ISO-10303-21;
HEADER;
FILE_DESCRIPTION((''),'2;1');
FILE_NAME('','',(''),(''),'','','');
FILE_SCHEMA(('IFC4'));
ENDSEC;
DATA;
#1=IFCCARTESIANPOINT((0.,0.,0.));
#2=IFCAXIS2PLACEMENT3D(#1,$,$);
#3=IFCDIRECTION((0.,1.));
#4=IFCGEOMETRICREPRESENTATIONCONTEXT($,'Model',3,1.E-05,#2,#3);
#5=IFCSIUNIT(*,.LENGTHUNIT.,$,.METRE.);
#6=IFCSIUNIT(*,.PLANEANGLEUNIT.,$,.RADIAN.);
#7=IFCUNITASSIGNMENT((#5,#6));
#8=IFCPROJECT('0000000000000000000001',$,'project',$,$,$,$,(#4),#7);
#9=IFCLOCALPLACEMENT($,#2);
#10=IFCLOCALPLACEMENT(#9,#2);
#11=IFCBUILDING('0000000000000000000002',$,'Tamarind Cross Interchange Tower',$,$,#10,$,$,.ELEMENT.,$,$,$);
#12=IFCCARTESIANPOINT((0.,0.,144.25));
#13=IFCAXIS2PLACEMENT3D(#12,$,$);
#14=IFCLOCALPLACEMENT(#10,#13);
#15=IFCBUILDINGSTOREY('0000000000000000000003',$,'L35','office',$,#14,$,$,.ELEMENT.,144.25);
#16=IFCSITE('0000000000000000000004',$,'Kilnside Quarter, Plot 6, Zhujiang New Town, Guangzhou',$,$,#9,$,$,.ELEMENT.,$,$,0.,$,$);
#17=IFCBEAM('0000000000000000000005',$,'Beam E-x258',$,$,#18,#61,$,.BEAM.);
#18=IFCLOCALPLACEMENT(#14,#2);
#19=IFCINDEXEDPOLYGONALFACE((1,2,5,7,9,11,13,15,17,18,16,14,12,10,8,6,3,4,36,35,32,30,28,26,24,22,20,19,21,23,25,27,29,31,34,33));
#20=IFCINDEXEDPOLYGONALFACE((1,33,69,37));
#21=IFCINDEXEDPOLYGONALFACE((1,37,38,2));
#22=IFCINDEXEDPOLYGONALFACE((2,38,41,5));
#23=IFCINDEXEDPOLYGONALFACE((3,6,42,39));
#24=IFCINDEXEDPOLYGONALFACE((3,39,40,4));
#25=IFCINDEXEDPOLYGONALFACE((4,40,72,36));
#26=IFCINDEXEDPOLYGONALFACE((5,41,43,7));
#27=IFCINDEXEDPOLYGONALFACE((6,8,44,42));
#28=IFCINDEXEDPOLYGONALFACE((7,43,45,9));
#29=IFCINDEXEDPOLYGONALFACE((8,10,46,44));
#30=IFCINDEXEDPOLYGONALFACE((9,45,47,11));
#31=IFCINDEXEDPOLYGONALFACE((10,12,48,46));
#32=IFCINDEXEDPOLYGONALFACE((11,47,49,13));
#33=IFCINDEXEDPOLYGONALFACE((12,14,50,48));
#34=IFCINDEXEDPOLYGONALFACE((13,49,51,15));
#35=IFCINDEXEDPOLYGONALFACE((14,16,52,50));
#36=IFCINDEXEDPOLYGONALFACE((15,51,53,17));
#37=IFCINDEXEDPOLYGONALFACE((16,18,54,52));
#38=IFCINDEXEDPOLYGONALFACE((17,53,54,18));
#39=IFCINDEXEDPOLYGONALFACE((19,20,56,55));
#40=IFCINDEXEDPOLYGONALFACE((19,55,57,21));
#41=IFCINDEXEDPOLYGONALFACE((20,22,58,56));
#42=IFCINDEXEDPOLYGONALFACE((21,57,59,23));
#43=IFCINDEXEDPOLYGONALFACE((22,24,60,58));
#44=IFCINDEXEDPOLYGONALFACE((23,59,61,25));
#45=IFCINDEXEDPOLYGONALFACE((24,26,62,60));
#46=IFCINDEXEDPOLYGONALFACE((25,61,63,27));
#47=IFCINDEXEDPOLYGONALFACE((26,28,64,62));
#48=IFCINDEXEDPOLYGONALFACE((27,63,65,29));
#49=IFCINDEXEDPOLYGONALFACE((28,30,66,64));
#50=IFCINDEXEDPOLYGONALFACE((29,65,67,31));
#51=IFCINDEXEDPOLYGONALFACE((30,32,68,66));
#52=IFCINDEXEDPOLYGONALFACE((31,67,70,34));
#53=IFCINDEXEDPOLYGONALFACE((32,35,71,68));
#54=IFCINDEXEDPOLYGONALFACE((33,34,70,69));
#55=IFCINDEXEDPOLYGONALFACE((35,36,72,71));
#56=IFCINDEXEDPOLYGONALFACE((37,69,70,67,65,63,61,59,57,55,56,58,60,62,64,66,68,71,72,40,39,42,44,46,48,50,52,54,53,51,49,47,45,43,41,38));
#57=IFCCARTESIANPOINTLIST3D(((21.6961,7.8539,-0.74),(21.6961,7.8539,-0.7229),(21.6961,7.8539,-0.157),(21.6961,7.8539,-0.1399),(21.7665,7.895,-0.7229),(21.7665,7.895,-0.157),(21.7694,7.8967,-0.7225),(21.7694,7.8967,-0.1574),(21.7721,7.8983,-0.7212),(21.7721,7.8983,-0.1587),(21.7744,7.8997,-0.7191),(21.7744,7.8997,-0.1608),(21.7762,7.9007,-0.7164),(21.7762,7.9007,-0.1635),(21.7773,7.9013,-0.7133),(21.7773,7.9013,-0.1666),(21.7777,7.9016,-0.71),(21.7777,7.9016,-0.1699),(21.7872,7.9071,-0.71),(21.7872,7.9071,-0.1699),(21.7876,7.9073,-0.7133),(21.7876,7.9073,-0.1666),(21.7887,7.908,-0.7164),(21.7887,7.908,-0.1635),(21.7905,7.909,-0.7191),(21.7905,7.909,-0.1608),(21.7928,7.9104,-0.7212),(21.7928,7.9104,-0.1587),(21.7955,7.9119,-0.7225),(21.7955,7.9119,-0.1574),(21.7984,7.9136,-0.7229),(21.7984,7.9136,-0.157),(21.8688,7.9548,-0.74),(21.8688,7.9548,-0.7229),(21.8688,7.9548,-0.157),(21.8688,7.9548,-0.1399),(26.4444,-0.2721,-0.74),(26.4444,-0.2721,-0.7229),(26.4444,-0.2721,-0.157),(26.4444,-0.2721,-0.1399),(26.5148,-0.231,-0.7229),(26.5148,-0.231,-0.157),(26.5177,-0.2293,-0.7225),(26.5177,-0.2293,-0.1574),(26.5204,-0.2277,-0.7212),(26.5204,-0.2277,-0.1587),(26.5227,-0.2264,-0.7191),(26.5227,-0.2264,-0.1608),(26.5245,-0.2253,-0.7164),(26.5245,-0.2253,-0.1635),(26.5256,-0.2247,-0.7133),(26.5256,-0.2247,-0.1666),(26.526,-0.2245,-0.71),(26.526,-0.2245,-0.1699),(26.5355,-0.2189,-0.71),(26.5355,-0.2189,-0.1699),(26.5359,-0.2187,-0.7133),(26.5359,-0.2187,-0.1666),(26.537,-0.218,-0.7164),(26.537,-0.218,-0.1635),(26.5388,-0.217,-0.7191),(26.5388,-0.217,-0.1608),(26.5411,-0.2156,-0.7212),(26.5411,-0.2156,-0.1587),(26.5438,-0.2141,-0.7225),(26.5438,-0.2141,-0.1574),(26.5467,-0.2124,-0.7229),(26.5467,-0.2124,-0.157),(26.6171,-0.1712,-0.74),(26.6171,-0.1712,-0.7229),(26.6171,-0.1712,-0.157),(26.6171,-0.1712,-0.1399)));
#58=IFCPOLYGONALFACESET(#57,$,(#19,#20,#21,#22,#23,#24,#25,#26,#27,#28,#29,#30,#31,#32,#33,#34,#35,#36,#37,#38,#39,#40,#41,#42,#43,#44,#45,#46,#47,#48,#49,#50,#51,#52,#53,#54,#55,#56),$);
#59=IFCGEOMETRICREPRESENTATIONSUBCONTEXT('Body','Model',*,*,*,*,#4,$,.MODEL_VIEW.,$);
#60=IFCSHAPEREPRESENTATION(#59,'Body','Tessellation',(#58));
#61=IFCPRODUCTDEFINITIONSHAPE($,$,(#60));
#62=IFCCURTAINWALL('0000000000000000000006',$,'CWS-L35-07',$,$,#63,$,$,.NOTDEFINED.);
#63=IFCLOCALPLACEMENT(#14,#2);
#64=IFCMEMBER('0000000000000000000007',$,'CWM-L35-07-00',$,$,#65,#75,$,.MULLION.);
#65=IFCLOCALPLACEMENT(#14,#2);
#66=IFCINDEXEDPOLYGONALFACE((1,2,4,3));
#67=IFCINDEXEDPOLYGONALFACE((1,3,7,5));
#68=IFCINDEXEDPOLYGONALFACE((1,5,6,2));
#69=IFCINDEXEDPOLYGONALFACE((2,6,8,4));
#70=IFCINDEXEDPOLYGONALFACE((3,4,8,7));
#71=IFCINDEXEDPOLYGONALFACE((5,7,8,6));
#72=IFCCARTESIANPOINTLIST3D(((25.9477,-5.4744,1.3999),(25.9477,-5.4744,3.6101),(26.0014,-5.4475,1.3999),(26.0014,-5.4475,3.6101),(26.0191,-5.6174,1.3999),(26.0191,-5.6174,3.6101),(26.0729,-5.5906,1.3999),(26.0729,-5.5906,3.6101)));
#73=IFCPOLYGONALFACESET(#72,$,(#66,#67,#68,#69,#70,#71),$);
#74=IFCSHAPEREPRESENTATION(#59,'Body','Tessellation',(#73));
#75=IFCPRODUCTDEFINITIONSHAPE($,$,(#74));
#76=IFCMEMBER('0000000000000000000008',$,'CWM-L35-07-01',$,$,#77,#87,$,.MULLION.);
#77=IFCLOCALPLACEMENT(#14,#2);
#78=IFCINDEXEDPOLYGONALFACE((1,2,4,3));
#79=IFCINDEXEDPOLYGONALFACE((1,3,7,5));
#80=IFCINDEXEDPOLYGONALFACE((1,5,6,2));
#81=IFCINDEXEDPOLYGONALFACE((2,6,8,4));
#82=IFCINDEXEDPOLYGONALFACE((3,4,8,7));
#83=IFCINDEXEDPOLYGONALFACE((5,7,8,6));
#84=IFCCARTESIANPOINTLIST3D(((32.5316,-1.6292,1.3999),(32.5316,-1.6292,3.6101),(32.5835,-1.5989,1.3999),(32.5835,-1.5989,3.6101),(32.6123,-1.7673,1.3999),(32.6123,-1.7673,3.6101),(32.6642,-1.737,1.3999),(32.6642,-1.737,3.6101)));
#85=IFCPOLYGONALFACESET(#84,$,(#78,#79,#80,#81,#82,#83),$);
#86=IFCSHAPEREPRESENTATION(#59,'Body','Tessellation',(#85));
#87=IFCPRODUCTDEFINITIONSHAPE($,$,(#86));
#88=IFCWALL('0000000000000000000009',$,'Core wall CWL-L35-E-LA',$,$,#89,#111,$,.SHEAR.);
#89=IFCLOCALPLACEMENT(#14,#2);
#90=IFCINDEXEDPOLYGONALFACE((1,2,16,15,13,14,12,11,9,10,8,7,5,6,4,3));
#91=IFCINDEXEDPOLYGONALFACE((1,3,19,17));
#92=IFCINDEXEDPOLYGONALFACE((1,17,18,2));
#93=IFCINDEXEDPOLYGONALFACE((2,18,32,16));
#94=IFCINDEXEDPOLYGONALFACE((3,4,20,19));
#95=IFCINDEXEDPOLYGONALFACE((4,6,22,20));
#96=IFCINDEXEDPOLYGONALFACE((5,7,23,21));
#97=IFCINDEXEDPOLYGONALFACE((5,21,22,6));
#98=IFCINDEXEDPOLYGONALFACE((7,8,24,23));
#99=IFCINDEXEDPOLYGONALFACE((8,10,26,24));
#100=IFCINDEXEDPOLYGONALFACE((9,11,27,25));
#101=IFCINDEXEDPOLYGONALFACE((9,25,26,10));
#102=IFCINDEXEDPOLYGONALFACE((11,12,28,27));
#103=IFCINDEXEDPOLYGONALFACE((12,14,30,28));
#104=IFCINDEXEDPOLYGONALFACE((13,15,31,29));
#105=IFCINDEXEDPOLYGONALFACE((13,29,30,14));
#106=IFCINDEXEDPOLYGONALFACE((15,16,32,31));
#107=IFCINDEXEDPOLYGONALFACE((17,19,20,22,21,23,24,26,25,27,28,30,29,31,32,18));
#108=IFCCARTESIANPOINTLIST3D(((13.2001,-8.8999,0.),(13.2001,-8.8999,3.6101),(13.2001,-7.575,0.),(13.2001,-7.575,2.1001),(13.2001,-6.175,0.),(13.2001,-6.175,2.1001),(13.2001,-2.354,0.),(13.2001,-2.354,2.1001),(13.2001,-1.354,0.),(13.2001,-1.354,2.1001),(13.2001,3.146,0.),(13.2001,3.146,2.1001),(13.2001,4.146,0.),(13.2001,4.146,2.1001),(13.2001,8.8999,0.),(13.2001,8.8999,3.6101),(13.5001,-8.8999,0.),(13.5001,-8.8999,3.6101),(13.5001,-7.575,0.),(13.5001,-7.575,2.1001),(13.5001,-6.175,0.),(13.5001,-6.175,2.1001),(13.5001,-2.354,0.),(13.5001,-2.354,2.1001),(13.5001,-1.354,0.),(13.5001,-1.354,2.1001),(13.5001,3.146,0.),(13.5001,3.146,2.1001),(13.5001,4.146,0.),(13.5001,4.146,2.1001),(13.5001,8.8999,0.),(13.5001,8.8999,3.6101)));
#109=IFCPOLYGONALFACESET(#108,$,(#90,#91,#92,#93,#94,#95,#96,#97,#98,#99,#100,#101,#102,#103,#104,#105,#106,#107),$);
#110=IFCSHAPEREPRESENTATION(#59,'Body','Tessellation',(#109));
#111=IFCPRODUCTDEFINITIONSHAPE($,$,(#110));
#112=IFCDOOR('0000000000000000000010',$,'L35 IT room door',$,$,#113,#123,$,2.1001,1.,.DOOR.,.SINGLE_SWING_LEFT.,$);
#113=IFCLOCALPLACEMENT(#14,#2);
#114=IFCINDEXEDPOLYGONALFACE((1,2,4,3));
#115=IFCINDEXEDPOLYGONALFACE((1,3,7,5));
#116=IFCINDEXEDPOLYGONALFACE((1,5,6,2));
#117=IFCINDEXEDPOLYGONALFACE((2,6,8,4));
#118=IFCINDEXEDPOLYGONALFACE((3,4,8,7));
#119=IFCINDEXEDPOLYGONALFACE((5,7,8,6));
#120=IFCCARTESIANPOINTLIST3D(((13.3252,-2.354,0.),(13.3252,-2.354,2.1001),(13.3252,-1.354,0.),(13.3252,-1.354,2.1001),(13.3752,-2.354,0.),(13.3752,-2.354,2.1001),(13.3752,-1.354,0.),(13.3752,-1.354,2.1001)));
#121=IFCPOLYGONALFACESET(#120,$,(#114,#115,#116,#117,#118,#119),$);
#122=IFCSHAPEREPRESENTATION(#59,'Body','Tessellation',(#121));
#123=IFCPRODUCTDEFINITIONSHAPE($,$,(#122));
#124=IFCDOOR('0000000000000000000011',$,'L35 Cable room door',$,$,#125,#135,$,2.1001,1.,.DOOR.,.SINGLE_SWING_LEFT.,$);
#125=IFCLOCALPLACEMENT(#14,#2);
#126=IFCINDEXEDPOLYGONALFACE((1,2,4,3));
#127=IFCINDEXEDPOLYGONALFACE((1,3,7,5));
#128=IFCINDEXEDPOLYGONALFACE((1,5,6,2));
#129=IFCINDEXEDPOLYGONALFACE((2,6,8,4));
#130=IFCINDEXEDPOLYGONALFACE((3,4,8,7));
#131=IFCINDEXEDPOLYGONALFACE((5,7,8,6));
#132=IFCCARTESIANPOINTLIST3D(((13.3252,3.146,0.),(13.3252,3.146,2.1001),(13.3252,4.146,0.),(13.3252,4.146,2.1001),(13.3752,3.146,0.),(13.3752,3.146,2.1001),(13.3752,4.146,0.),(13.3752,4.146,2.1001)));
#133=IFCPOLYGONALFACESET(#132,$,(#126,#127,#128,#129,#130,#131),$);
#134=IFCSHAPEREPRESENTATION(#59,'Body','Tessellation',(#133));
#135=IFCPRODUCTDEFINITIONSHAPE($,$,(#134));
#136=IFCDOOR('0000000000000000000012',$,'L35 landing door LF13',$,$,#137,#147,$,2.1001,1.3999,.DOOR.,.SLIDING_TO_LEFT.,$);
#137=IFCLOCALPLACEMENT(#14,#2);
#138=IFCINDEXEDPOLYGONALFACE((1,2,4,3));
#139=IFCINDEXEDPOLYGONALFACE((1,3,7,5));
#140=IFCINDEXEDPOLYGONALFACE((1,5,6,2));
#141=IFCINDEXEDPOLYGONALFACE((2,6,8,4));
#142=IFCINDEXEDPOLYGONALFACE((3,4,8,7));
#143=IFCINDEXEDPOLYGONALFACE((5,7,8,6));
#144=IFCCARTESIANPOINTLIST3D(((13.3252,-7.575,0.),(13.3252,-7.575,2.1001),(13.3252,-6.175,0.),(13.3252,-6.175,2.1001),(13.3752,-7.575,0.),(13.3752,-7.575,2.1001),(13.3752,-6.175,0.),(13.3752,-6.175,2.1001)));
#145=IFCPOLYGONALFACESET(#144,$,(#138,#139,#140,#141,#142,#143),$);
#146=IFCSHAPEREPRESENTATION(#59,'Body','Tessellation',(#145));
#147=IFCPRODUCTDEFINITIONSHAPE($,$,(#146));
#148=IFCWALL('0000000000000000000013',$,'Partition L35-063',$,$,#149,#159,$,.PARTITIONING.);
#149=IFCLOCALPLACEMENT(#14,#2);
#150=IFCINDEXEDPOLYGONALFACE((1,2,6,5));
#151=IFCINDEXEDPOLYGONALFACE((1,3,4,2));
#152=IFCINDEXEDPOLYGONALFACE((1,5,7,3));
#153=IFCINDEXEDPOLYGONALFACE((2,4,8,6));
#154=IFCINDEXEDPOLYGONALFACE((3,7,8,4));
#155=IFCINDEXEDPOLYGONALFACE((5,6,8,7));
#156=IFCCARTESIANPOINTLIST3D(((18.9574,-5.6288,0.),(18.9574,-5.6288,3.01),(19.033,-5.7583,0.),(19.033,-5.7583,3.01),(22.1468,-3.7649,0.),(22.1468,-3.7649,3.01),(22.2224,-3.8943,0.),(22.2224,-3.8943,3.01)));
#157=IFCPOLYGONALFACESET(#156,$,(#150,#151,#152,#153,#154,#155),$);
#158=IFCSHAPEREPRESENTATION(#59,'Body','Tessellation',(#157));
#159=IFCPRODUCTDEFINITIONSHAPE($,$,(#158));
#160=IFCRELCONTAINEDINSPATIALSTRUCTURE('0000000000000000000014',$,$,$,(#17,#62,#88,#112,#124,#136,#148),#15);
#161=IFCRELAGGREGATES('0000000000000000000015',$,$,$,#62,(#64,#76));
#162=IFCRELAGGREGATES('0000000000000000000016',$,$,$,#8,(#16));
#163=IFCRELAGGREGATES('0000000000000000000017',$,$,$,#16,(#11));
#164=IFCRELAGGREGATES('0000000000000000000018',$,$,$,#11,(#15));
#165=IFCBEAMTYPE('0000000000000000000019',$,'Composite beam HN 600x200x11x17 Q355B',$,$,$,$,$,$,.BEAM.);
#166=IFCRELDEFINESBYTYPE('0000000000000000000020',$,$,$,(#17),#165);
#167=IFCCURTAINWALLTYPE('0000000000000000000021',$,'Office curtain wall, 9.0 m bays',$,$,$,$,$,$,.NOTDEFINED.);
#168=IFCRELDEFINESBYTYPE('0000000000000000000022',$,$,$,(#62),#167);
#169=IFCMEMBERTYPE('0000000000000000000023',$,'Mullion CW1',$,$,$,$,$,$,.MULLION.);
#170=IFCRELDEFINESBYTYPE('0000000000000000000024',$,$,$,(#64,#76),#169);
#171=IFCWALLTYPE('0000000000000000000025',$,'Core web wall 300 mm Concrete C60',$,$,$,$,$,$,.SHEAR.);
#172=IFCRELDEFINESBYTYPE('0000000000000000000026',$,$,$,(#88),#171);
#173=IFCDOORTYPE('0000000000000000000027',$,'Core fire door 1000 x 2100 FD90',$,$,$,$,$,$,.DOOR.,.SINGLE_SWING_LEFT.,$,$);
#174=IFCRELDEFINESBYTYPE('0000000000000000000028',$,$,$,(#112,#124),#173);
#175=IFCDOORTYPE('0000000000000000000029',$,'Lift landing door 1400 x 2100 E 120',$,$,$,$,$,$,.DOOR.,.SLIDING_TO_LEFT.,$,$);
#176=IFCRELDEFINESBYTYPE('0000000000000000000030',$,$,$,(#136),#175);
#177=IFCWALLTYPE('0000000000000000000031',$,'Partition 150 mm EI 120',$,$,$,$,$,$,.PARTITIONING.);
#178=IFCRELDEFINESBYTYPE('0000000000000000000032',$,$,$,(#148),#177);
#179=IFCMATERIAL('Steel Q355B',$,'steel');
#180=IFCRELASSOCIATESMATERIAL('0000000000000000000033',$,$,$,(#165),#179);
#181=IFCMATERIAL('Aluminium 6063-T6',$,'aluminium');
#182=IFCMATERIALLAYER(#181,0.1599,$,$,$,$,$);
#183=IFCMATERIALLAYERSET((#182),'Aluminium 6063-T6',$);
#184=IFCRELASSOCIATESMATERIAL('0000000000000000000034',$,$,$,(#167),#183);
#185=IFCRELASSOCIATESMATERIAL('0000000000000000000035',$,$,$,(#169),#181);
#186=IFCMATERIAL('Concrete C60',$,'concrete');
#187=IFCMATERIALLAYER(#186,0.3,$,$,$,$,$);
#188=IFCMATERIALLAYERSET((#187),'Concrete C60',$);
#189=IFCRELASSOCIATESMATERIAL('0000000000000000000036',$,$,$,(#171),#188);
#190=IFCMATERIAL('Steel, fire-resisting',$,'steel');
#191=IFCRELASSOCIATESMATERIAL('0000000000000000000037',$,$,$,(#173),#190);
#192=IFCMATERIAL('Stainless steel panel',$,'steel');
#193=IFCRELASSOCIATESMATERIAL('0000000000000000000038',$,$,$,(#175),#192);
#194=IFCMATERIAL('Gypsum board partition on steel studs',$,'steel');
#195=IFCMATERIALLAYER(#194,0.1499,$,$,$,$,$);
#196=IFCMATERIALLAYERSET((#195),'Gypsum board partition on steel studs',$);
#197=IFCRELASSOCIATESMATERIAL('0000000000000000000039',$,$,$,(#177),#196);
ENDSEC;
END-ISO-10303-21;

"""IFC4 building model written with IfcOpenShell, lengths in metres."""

from ifc_helpers import new_model, si_unit, direction, frame, frame_2d, origin, origin_2d, place, context, subcontext, project, spatial, rectangle, i_section, extrude, material, layer, layer_set, material_profile, profile_set, type_object, element, fill, aggregate, save


model = new_model("IFC4")

# Units and contexts
model_context = context("Model", 3, precision=1e-05, world=origin(), true_north=direction((0.0, 1.0)))
body_context = subcontext(model_context, "Body", "Model", "MODEL_VIEW")
ifc_project = project(units=[si_unit("LENGTHUNIT", "METRE"), si_unit("PLANEANGLEUNIT", "RADIAN")], contexts=[model_context])

# Site, building, storey
site_placement = place(None, origin())
site = spatial("IfcSite", under=ifc_project, at=site_placement, Name="Kilnside Quarter, Plot 6, Zhujiang New Town, Guangzhou", CompositionType="ELEMENT", RefElevation=0.0)
building_placement = place(site_placement, origin())
building = spatial("IfcBuilding", under=site, at=building_placement, Name="Tamarind Cross Interchange Tower", CompositionType="ELEMENT")
storey_placement = place(building_placement, frame((0.0, 0.0, 144.25)))
storey = spatial("IfcBuildingStorey", under=building, at=storey_placement, Name="L35", Description="office", CompositionType="ELEMENT", Elevation=144.25)

# Shared definitions
ifc_material_1 = material(Name="Concrete C60", Category="concrete")

# Beam
ifc_material_2 = material(Name="Steel Q355B", Category="steel")
ifc_material_profile_1 = material_profile(ifc_material_2, i_section(OverallWidth=0.2, OverallDepth=0.6001, WebThickness=0.011, FlangeThickness=0.0171, FilletRadius=0.0129, at=origin_2d()), Name="HN 600x200x11x17")
ifc_profile_set_1 = profile_set([ifc_material_profile_1], Name="Steel Q355B")
beam_type_1 = type_object("IfcBeamType", Name="Composite beam HN 600x200x11x17 Q355B", PredefinedType="BEAM", material=ifc_profile_set_1)
beam_1_placement = place(storey_placement, frame((26.5308, -0.2217, -0.4399), z_axis=(-0.504516, 0.863402, 0.0), x_axis=(-0.863402, -0.504516, 0.0)))
element("IfcBeam", 1, at=beam_1_placement, inside=storey, type_object=beam_type_1, Name="Beam E-x258", PredefinedType="BEAM", context=body_context, shape_type="SweptSolid", body=[
    extrude(i_section(OverallWidth=0.2, OverallDepth=0.6001, WebThickness=0.011, FlangeThickness=0.0171, FilletRadius=0.0129, at=origin_2d()), origin(), (0.0, 0.0, 1.0), 9.4116),
])

# Curtain wall, members
ifc_material_3 = material(Name="Aluminium 6063-T6", Category="aluminium")
ifc_layer_1 = layer(ifc_material_3, 0.1599)
ifc_layer_set_1 = layer_set([ifc_layer_1], Name="Aluminium 6063-T6")
curtain_wall_type = type_object("IfcCurtainWallType", Name="Office curtain wall, 9.0 m bays", PredefinedType="NOTDEFINED", material=ifc_layer_set_1)
curtain_wall_placement = place(storey_placement, origin())
curtain_wall = element("IfcCurtainWall", 2, at=curtain_wall_placement, inside=storey, type_object=curtain_wall_type, Name="CWS-L35-07", PredefinedType="NOTDEFINED")
ifc_material_profile_2 = material_profile(ifc_material_3, rectangle(XDim=0.0601, YDim=0.1599, at=origin_2d()), Name="Mullion CW1")
ifc_profile_set_2 = profile_set([ifc_material_profile_2], Name="Aluminium 6063-T6")
member_type = type_object("IfcMemberType", Name="Mullion CW1", PredefinedType="MULLION", material=ifc_profile_set_2)
member_1_placement = place(storey_placement, frame((26.0103, -5.5325, 1.3999), z_axis=(0.0, 0.0, 1.0), x_axis=(0.894551, 0.446966, 0.0)))
member_1 = element("IfcMember", 3, at=member_1_placement, type_object=member_type, Name="CWM-L35-07-00", PredefinedType="MULLION", context=body_context, shape_type="SweptSolid", body=[
    extrude(rectangle(XDim=0.0601, YDim=0.1599, at=origin_2d()), origin(), (0.0, 0.0, 1.0), 2.2102),
])
member_2_placement = place(storey_placement, frame((32.5979, -1.6831, 1.3999), z_axis=(0.0, 0.0, 1.0), x_axis=(0.863403, 0.504516, 0.0)))
member_2 = element("IfcMember", 4, at=member_2_placement, type_object=member_type, Name="CWM-L35-07-01", PredefinedType="MULLION", context=body_context, shape_type="SweptSolid", body=[
    extrude(rectangle(XDim=0.0601, YDim=0.1599, at=origin_2d()), origin(), (0.0, 0.0, 1.0), 2.2102),
])
aggregate(curtain_wall, [member_1, member_2])

# Wall, openings, doors
ifc_layer_2 = layer(ifc_material_1, 0.3)
ifc_layer_set_2 = layer_set([ifc_layer_2], Name="Concrete C60")
wall_type_1 = type_object("IfcWallType", Name="Core web wall 300 mm Concrete C60", PredefinedType="SHEAR", material=ifc_layer_set_2)
wall_1_placement = place(storey_placement, frame((13.3501, -8.8999, 0.0), z_axis=(0.0, 0.0, 1.0), x_axis=(0.0, 1.0, 0.0)))
wall_1 = element("IfcWall", 5, at=wall_1_placement, inside=storey, type_object=wall_type_1, Name="Core wall CWL-L35-E-LA", PredefinedType="SHEAR", context=body_context, shape_type="SweptSolid", body=[
    extrude(rectangle(XDim=17.7998, YDim=0.3, at=frame_2d((8.8999, 0.0))), origin(), (0.0, 0.0, 1.0), 3.6101),
])
opening_1_placement = place(wall_1_placement, frame((1.325, 0.0, 0.0)))
opening_1 = element("IfcOpeningElement", 6, at=opening_1_placement, cuts=wall_1, PredefinedType="OPENING", context=body_context, shape_type="SweptSolid", body=[
    extrude(rectangle(XDim=1.3999, YDim=2.1001, at=frame_2d((0.7, 1.05))), frame((0.0, 0.1599, 0.0), z_axis=(0.0, -1.0, 0.0), x_axis=(1.0, 0.0, 0.0)), (0.0, 0.0, 1.0), 0.3201),
])
opening_2_placement = place(wall_1_placement, frame((6.5459, 0.0, 0.0)))
opening_2 = element("IfcOpeningElement", 7, at=opening_2_placement, cuts=wall_1, PredefinedType="OPENING", context=body_context, shape_type="SweptSolid", body=[
    extrude(rectangle(XDim=1.0, YDim=2.1001, at=frame_2d((0.5, 1.05))), frame((0.0, 0.1599, 0.0), z_axis=(0.0, -1.0, 0.0), x_axis=(1.0, 0.0, 0.0)), (0.0, 0.0, 1.0), 0.3201),
])
opening_3_placement = place(wall_1_placement, frame((12.0459, 0.0, 0.0)))
opening_3 = element("IfcOpeningElement", 8, at=opening_3_placement, cuts=wall_1, PredefinedType="OPENING", context=body_context, shape_type="SweptSolid", body=[
    extrude(rectangle(XDim=1.0, YDim=2.1001, at=frame_2d((0.5, 1.05))), frame((0.0, 0.1599, 0.0), z_axis=(0.0, -1.0, 0.0), x_axis=(1.0, 0.0, 0.0)), (0.0, 0.0, 1.0), 0.3201),
])
ifc_material_4 = material(Name="Steel, fire-resisting", Category="steel")
door_type_1 = type_object("IfcDoorType", Name="Core fire door 1000 x 2100 FD90", OperationType="SINGLE_SWING_LEFT", PredefinedType="DOOR", material=ifc_material_4)
door_1_placement = place(opening_2_placement, origin())
door_1 = element("IfcDoor", 9, at=door_1_placement, inside=storey, type_object=door_type_1, Name="L35 IT room door", OperationType="SINGLE_SWING_LEFT", OverallHeight=2.1001, OverallWidth=1.0, PredefinedType="DOOR", context=body_context, shape_type="SweptSolid", body=[
    extrude(rectangle(XDim=1.0, YDim=2.1001, at=frame_2d((0.5, 1.05))), frame((0.0, 0.0249, 0.0), z_axis=(0.0, -1.0, 0.0), x_axis=(1.0, 0.0, 0.0)), (0.0, 0.0, 1.0), 0.05),
])
fill(opening_2, door_1)
door_2_placement = place(opening_3_placement, origin())
door_2 = element("IfcDoor", 10, at=door_2_placement, inside=storey, type_object=door_type_1, Name="L35 Cable room door", OperationType="SINGLE_SWING_LEFT", OverallHeight=2.1001, OverallWidth=1.0, PredefinedType="DOOR", context=body_context, shape_type="SweptSolid", body=[
    extrude(rectangle(XDim=1.0, YDim=2.1001, at=frame_2d((0.5, 1.05))), frame((0.0, 0.0249, 0.0), z_axis=(0.0, -1.0, 0.0), x_axis=(1.0, 0.0, 0.0)), (0.0, 0.0, 1.0), 0.05),
])
fill(opening_3, door_2)
ifc_material_5 = material(Name="Stainless steel panel", Category="steel")
door_type_2 = type_object("IfcDoorType", Name="Lift landing door 1400 x 2100 E 120", OperationType="SLIDING_TO_LEFT", PredefinedType="DOOR", material=ifc_material_5)
door_3_placement = place(opening_1_placement, origin())
door_3 = element("IfcDoor", 11, at=door_3_placement, inside=storey, type_object=door_type_2, Name="L35 landing door LF13", OperationType="SLIDING_TO_LEFT", OverallHeight=2.1001, OverallWidth=1.3999, PredefinedType="DOOR", context=body_context, shape_type="SweptSolid", body=[
    extrude(rectangle(XDim=1.3999, YDim=2.1001, at=frame_2d((0.7, 1.05))), frame((0.0, 0.0249, 0.0), z_axis=(0.0, -1.0, 0.0), x_axis=(1.0, 0.0, 0.0)), (0.0, 0.0, 1.0), 0.05),
])
fill(opening_1, door_3)

# Wall
ifc_material_6 = material(Name="Gypsum board partition on steel studs", Category="steel")
ifc_layer_3 = layer(ifc_material_6, 0.1499)
ifc_layer_set_3 = layer_set([ifc_layer_3], Name="Gypsum board partition on steel studs")
wall_type_2 = type_object("IfcWallType", Name="Partition 150 mm EI 120", PredefinedType="PARTITIONING", material=ifc_layer_set_3)
wall_2_placement = place(storey_placement, frame((18.9951, -5.6936, 0.0), z_axis=(0.0, 0.0, 1.0), x_axis=(0.863366, 0.504578, 0.0)))
element("IfcWall", 12, at=wall_2_placement, inside=storey, type_object=wall_type_2, Name="Partition L35-063", PredefinedType="PARTITIONING", context=body_context, shape_type="SweptSolid", body=[
    extrude(rectangle(XDim=3.6941, YDim=0.1499, at=frame_2d((1.8472, 0.0))), origin(), (0.0, 0.0, 1.0), 3.01),
])

save(model, "model.ifc")
